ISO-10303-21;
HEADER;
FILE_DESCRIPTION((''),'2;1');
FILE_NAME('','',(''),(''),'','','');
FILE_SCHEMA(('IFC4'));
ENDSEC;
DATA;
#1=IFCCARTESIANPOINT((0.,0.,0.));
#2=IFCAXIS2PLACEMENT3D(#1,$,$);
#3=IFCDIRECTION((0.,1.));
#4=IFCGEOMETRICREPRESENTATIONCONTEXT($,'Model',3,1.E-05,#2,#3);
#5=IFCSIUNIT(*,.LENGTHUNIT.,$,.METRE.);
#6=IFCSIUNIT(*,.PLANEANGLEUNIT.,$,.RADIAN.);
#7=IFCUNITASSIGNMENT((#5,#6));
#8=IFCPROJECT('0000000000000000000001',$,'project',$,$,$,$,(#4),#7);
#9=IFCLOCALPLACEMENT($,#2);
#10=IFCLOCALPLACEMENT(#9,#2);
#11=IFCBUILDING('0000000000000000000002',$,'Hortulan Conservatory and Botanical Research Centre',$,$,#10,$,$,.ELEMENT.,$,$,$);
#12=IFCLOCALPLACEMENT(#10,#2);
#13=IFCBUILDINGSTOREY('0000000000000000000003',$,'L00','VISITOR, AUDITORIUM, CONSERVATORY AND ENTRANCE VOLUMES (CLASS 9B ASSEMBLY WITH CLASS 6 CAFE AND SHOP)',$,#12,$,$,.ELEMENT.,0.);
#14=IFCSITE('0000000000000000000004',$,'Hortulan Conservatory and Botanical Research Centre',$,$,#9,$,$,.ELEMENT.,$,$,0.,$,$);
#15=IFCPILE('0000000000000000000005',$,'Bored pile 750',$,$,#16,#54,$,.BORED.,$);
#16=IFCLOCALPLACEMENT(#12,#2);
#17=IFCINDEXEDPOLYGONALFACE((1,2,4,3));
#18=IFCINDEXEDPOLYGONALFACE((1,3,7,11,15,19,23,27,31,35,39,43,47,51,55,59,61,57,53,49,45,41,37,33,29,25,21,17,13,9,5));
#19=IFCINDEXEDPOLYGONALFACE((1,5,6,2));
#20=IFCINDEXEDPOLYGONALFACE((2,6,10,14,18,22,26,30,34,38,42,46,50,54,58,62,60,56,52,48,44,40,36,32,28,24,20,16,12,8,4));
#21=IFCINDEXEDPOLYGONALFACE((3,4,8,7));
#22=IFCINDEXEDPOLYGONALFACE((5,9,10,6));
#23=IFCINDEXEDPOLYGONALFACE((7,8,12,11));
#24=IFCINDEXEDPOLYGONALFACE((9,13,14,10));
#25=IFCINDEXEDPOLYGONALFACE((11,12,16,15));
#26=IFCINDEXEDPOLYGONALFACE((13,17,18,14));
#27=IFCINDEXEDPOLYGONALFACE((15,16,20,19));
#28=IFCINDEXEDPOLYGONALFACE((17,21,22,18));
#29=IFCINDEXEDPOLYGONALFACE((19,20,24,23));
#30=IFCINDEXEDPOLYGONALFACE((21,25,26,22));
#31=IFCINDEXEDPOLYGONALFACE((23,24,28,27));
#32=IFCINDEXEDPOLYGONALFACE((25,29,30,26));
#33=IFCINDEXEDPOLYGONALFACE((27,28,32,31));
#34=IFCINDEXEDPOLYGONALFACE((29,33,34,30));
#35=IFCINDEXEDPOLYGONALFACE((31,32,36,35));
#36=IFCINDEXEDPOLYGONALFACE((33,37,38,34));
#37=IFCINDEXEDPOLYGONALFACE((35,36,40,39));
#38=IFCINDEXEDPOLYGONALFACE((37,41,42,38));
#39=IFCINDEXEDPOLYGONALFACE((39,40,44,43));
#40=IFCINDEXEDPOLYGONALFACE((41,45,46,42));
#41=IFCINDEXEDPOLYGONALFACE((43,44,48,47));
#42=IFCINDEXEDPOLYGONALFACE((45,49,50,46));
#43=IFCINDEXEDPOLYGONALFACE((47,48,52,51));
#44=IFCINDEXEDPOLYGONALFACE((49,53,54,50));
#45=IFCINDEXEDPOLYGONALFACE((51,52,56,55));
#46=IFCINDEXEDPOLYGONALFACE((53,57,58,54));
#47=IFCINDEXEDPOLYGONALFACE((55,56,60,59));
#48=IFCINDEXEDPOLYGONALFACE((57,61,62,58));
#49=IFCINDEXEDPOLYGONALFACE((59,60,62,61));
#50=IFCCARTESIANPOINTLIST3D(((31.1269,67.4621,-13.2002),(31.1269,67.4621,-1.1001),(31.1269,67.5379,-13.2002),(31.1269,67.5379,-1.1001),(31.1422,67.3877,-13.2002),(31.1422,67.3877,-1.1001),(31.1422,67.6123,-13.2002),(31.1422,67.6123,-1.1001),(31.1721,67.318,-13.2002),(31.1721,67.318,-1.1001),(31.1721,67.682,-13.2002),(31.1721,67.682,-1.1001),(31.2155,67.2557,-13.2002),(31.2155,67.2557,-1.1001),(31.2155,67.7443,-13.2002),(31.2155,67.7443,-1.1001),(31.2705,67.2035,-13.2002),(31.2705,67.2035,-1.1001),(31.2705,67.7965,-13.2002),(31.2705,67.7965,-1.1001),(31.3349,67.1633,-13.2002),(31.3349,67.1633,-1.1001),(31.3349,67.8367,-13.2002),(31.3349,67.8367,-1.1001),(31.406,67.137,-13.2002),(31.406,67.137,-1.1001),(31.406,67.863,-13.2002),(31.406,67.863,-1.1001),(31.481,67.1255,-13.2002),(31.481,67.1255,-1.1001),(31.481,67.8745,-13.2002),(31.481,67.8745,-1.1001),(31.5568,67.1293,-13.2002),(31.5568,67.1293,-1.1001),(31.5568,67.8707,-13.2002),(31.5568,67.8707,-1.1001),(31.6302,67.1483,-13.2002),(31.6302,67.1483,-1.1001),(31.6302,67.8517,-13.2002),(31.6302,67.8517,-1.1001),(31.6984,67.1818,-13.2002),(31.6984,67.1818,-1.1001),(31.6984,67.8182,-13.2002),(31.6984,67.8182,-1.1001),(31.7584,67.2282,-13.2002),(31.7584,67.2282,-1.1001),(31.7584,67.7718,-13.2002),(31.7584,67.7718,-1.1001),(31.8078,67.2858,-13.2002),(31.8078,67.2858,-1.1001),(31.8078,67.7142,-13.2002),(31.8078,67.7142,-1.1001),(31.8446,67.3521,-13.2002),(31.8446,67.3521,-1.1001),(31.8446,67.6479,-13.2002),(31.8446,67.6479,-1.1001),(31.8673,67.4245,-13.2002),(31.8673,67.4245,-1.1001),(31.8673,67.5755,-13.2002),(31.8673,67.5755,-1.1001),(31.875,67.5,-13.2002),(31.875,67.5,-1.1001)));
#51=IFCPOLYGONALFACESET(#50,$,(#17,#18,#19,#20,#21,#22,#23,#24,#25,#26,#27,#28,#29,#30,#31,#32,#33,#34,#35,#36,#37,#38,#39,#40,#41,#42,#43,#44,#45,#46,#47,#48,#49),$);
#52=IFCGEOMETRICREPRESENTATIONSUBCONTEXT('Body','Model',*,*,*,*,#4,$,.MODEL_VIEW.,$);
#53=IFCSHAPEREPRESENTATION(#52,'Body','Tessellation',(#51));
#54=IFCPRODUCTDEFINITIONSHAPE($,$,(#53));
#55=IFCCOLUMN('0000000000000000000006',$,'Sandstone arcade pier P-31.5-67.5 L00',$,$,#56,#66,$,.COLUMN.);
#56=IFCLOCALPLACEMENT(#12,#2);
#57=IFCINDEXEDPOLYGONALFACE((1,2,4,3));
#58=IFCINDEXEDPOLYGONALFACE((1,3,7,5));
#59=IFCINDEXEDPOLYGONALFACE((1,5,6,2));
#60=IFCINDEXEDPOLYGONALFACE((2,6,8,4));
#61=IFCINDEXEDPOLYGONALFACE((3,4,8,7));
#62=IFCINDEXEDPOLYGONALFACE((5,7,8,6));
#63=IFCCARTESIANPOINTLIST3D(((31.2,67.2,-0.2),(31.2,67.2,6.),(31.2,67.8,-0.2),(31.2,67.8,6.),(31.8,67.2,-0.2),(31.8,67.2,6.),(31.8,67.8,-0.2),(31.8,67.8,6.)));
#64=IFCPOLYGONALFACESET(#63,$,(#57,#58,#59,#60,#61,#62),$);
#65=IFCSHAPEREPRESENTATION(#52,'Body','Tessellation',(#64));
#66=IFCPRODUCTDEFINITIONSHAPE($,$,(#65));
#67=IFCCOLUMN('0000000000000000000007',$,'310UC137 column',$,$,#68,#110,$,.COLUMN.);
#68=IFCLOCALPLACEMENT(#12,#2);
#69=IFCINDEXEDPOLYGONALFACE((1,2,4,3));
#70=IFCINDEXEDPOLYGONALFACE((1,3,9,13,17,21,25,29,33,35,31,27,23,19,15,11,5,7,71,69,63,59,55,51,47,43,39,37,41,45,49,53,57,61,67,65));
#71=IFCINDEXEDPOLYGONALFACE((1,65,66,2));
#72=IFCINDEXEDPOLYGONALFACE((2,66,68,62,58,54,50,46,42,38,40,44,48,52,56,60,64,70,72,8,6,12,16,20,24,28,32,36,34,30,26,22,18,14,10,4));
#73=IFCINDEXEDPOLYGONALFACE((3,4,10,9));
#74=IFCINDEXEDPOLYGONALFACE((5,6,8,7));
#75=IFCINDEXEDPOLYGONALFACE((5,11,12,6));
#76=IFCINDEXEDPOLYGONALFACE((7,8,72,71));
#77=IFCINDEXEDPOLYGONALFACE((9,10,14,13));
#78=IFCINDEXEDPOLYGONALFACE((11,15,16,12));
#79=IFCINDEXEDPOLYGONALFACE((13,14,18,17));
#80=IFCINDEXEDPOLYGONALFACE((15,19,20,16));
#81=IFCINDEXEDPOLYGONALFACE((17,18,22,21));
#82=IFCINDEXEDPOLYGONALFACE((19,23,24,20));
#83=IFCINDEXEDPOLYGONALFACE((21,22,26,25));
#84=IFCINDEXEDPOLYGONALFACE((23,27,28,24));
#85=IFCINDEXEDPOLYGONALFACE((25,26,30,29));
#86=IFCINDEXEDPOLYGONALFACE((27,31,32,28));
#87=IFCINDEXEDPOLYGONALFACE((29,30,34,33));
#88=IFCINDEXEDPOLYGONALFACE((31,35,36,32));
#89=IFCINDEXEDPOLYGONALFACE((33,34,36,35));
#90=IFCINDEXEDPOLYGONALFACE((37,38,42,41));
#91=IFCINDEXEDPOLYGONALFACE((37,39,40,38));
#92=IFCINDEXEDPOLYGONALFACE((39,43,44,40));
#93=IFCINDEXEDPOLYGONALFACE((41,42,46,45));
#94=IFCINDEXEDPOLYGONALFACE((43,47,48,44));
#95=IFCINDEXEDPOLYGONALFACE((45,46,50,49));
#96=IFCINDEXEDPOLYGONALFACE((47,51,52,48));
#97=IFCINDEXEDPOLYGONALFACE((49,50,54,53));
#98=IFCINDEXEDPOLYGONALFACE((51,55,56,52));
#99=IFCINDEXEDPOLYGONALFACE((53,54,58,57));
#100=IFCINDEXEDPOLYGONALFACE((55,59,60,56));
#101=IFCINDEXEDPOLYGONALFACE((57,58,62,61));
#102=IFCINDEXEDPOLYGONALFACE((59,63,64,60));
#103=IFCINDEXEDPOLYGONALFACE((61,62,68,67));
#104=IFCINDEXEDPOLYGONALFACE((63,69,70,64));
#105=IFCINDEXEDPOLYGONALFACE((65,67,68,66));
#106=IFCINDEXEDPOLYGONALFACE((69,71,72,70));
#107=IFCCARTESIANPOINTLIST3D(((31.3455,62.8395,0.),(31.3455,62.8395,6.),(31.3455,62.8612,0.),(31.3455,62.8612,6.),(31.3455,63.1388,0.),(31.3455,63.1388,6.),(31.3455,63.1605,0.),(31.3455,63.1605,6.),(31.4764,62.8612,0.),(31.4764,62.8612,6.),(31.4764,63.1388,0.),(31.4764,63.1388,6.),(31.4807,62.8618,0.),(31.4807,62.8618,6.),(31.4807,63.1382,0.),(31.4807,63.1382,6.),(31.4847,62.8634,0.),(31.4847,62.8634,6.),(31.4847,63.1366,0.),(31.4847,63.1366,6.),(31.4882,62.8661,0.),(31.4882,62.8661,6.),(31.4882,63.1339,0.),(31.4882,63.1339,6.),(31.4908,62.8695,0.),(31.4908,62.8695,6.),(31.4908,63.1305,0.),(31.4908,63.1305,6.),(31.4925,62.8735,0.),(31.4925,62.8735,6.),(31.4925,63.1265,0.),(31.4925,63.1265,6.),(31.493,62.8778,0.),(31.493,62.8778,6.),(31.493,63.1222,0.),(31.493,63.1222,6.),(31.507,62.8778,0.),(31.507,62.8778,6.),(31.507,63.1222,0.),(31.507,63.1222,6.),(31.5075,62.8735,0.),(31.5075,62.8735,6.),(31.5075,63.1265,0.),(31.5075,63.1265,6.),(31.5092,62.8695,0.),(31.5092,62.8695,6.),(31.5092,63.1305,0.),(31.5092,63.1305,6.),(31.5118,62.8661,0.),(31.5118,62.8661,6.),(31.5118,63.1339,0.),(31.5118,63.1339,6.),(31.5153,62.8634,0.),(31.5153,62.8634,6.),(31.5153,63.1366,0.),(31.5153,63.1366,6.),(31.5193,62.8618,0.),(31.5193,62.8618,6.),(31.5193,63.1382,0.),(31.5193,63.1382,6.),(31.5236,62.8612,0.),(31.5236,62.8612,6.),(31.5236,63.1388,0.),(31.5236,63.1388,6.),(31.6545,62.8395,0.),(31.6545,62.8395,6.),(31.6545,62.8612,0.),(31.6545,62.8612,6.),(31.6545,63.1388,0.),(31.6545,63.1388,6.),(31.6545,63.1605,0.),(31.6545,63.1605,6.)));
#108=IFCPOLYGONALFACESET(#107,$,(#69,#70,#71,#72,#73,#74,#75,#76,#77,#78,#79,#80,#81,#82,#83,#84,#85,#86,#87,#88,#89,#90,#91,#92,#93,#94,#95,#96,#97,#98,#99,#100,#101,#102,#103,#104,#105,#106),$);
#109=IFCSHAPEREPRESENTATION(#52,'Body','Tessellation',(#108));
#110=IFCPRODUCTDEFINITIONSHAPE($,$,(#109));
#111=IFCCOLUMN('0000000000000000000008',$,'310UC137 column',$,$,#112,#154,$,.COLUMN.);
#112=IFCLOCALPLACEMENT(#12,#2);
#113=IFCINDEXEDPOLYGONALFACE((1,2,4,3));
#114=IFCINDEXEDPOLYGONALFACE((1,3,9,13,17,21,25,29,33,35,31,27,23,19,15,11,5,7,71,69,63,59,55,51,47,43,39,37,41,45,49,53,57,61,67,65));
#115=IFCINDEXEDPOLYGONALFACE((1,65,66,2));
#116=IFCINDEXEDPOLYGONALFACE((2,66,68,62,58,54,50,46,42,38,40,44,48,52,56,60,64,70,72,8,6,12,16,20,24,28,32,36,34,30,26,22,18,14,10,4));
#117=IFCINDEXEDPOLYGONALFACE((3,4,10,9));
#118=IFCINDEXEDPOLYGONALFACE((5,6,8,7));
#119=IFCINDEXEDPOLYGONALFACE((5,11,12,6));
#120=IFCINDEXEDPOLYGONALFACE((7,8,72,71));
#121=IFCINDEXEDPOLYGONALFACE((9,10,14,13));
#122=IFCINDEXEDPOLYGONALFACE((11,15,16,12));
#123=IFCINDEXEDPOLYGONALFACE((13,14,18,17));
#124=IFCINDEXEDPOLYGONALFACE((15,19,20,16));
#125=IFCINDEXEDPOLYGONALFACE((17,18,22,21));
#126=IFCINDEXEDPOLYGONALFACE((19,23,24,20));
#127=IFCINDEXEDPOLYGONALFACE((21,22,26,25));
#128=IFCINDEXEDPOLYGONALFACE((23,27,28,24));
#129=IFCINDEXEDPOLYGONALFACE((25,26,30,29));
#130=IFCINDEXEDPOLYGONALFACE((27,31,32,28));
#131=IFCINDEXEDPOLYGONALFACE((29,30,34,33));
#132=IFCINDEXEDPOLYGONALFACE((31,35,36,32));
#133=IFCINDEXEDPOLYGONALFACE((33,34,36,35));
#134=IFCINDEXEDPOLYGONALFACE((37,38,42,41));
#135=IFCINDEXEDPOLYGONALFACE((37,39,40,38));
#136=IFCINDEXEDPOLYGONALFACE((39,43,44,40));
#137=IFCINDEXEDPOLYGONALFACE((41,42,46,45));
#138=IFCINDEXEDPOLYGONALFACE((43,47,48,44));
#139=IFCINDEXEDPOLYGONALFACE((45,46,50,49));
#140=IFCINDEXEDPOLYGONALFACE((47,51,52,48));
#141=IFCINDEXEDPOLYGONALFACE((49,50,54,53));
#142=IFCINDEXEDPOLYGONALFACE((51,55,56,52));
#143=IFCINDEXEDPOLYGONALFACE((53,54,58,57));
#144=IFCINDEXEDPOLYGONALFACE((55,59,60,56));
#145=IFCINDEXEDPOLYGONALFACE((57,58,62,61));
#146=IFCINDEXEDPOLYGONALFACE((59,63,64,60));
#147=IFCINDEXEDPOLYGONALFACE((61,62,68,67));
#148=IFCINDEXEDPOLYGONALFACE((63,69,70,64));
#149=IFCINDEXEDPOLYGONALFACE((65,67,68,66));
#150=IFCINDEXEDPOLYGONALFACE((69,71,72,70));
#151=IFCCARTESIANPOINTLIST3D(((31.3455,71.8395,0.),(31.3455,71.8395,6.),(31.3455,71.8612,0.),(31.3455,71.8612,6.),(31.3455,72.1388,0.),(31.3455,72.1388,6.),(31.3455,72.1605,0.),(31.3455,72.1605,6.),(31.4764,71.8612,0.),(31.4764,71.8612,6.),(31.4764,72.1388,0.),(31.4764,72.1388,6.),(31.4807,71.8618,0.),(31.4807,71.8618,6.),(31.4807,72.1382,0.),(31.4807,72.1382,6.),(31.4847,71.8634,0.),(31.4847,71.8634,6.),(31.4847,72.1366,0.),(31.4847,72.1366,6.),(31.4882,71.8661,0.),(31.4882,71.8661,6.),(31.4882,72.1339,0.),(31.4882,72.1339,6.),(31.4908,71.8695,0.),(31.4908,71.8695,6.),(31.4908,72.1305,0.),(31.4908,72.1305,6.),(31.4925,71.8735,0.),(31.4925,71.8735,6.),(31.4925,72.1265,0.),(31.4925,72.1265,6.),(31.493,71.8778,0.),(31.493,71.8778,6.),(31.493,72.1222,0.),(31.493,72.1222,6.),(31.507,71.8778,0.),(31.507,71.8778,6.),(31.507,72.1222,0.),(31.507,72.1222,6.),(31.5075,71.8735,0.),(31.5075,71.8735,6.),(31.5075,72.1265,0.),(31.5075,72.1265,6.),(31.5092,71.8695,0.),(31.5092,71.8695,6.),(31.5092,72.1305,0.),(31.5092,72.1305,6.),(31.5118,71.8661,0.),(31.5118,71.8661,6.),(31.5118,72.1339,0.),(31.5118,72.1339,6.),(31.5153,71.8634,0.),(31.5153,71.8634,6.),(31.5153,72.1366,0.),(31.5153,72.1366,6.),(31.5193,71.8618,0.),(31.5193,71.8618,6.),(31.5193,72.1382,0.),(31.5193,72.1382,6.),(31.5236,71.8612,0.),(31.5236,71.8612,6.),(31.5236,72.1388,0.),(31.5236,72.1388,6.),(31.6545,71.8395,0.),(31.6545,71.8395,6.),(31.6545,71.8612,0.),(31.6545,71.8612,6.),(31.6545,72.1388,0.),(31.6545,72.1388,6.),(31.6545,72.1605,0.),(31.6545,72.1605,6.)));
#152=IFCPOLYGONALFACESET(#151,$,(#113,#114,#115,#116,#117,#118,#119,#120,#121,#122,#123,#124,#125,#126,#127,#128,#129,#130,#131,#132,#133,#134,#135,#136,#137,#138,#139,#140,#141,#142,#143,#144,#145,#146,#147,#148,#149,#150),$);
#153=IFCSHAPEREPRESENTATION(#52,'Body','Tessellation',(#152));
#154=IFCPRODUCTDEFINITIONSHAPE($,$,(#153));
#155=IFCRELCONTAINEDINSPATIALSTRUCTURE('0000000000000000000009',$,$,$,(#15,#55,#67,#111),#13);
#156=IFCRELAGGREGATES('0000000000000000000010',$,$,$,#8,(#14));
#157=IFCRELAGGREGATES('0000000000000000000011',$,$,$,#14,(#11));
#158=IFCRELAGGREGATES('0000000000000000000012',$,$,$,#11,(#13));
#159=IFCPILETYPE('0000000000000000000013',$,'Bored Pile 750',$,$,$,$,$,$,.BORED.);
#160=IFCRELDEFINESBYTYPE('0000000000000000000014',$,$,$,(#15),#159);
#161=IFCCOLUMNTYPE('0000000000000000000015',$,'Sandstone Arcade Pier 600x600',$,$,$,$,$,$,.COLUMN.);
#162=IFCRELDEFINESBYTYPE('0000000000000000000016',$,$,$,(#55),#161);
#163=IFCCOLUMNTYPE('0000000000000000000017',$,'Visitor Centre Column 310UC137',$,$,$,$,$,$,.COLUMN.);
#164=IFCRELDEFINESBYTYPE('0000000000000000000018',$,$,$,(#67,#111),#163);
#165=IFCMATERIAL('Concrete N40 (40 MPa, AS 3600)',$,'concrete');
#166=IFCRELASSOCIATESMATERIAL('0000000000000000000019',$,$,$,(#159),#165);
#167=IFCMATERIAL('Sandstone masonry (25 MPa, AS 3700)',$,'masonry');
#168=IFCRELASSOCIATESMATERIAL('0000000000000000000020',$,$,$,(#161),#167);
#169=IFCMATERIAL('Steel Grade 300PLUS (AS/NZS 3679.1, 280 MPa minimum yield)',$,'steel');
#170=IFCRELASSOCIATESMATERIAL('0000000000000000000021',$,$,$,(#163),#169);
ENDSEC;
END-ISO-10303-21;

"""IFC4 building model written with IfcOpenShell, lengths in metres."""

from ifc_helpers import new_model, si_unit, direction, frame, origin, origin_2d, place, context, subcontext, project, spatial, rectangle, circle, i_section, extrude, material, material_profile, profile_set, type_object, element, save


model = new_model("IFC4")

# Units and contexts
model_context = context("Model", 3, precision=1e-05, world=origin(), true_north=direction((0.0, 1.0)))
body_context = subcontext(model_context, "Body", "Model", "MODEL_VIEW")
ifc_project = project(units=[si_unit("LENGTHUNIT", "METRE"), si_unit("PLANEANGLEUNIT", "RADIAN")], contexts=[model_context])

# Site, building, storey
site_placement = place(None, origin())
site = spatial("IfcSite", under=ifc_project, at=site_placement, Name="Hortulan Conservatory and Botanical Research Centre", CompositionType="ELEMENT", RefElevation=0.0)
building_placement = place(site_placement, origin())
building = spatial("IfcBuilding", under=site, at=building_placement, Name="Hortulan Conservatory and Botanical Research Centre", CompositionType="ELEMENT")
storey_placement = place(building_placement, origin())
storey = spatial("IfcBuildingStorey", under=building, at=storey_placement, Name="L00", Description="VISITOR, AUDITORIUM, CONSERVATORY AND ENTRANCE VOLUMES (CLASS 9B ASSEMBLY WITH CLASS 6 CAFE AND SHOP)", CompositionType="ELEMENT", Elevation=0.0)

# Pile
ifc_material_1 = material(Name="Concrete N40 (40 MPa, AS 3600)", Category="concrete")
ifc_material_profile_1 = material_profile(ifc_material_1, circle(Radius=0.375, at=origin_2d()), Name="Bored pile 750 diameter")
ifc_profile_set_1 = profile_set([ifc_material_profile_1], Name="Concrete N40 (40 MPa, AS 3600)")
pile_type = type_object("IfcPileType", Name="Bored Pile 750", PredefinedType="BORED", material=ifc_profile_set_1)
pile_placement = place(storey_placement, frame((31.5, 67.5, -1.1001), z_axis=(0.0, 0.0, -1.0), x_axis=(1.0, 0.0, 0.0)))
element("IfcPile", 1, at=pile_placement, inside=storey, type_object=pile_type, Name="Bored pile 750", PredefinedType="BORED", context=body_context, shape_type="SweptSolid", body=[
    extrude(circle(Radius=0.375, at=origin_2d()), origin(), (0.0, 0.0, 1.0), 12.1001),
])

# Columns
ifc_material_2 = material(Name="Sandstone masonry (25 MPa, AS 3700)", Category="masonry")
ifc_material_profile_2 = material_profile(ifc_material_2, rectangle(XDim=0.6001, YDim=0.6001, at=origin_2d()), Name="Square pier 600")
ifc_profile_set_2 = profile_set([ifc_material_profile_2], Name="Sandstone masonry (25 MPa, AS 3700)")
column_type_1 = type_object("IfcColumnType", Name="Sandstone Arcade Pier 600x600", PredefinedType="COLUMN", material=ifc_profile_set_2)
column_placement = place(storey_placement, frame((31.5, 67.5, -0.2), z_axis=(0.0, 0.0, 1.0), x_axis=(1.0, 0.0, 0.0)))
element("IfcColumn", 2, at=column_placement, inside=storey, type_object=column_type_1, Name="Sandstone arcade pier P-31.5-67.5 L00", PredefinedType="COLUMN", context=body_context, shape_type="SweptSolid", body=[
    extrude(rectangle(XDim=0.6001, YDim=0.6001, at=origin_2d()), origin(), (0.0, 0.0, 1.0), 6.2),
])
ifc_material_3 = material(Name="Steel Grade 300PLUS (AS/NZS 3679.1, 280 MPa minimum yield)", Category="steel")
ifc_material_profile_3 = material_profile(ifc_material_3, i_section(OverallWidth=0.3091, OverallDepth=0.321, WebThickness=0.0139, FlangeThickness=0.0217, FilletRadius=0.0166, at=origin_2d()), Name="310UC137")
ifc_profile_set_3 = profile_set([ifc_material_profile_3], Name="Steel Grade 300PLUS (AS/NZS 3679.1, 280 MPa minimum yield)")
column_type_2 = type_object("IfcColumnType", Name="Visitor Centre Column 310UC137", PredefinedType="COLUMN", material=ifc_profile_set_3)
for number, where, z_axis, x_axis, name in (
    (3, (31.5, 63.0, 0.0), (0.0, 0.0, 1.0), (1.0, 0.0, 0.0), "310UC137 column"),
    (4, (31.5, 72.0, 0.0), (0.0, 0.0, 1.0), (1.0, 0.0, 0.0), "310UC137 column"),
):
    element("IfcColumn", number, at=place(storey_placement, frame(where, z_axis=z_axis, x_axis=x_axis)), inside=storey, type_object=column_type_2, Name=name, PredefinedType="COLUMN", context=body_context, shape_type="SweptSolid", body=[
        extrude(i_section(OverallWidth=0.3091, OverallDepth=0.321, WebThickness=0.0139, FlangeThickness=0.0217, FilletRadius=0.0166, at=origin_2d()), origin(), (0.0, 0.0, 1.0), 6.0),
    ])

save(model, "model.ifc")
